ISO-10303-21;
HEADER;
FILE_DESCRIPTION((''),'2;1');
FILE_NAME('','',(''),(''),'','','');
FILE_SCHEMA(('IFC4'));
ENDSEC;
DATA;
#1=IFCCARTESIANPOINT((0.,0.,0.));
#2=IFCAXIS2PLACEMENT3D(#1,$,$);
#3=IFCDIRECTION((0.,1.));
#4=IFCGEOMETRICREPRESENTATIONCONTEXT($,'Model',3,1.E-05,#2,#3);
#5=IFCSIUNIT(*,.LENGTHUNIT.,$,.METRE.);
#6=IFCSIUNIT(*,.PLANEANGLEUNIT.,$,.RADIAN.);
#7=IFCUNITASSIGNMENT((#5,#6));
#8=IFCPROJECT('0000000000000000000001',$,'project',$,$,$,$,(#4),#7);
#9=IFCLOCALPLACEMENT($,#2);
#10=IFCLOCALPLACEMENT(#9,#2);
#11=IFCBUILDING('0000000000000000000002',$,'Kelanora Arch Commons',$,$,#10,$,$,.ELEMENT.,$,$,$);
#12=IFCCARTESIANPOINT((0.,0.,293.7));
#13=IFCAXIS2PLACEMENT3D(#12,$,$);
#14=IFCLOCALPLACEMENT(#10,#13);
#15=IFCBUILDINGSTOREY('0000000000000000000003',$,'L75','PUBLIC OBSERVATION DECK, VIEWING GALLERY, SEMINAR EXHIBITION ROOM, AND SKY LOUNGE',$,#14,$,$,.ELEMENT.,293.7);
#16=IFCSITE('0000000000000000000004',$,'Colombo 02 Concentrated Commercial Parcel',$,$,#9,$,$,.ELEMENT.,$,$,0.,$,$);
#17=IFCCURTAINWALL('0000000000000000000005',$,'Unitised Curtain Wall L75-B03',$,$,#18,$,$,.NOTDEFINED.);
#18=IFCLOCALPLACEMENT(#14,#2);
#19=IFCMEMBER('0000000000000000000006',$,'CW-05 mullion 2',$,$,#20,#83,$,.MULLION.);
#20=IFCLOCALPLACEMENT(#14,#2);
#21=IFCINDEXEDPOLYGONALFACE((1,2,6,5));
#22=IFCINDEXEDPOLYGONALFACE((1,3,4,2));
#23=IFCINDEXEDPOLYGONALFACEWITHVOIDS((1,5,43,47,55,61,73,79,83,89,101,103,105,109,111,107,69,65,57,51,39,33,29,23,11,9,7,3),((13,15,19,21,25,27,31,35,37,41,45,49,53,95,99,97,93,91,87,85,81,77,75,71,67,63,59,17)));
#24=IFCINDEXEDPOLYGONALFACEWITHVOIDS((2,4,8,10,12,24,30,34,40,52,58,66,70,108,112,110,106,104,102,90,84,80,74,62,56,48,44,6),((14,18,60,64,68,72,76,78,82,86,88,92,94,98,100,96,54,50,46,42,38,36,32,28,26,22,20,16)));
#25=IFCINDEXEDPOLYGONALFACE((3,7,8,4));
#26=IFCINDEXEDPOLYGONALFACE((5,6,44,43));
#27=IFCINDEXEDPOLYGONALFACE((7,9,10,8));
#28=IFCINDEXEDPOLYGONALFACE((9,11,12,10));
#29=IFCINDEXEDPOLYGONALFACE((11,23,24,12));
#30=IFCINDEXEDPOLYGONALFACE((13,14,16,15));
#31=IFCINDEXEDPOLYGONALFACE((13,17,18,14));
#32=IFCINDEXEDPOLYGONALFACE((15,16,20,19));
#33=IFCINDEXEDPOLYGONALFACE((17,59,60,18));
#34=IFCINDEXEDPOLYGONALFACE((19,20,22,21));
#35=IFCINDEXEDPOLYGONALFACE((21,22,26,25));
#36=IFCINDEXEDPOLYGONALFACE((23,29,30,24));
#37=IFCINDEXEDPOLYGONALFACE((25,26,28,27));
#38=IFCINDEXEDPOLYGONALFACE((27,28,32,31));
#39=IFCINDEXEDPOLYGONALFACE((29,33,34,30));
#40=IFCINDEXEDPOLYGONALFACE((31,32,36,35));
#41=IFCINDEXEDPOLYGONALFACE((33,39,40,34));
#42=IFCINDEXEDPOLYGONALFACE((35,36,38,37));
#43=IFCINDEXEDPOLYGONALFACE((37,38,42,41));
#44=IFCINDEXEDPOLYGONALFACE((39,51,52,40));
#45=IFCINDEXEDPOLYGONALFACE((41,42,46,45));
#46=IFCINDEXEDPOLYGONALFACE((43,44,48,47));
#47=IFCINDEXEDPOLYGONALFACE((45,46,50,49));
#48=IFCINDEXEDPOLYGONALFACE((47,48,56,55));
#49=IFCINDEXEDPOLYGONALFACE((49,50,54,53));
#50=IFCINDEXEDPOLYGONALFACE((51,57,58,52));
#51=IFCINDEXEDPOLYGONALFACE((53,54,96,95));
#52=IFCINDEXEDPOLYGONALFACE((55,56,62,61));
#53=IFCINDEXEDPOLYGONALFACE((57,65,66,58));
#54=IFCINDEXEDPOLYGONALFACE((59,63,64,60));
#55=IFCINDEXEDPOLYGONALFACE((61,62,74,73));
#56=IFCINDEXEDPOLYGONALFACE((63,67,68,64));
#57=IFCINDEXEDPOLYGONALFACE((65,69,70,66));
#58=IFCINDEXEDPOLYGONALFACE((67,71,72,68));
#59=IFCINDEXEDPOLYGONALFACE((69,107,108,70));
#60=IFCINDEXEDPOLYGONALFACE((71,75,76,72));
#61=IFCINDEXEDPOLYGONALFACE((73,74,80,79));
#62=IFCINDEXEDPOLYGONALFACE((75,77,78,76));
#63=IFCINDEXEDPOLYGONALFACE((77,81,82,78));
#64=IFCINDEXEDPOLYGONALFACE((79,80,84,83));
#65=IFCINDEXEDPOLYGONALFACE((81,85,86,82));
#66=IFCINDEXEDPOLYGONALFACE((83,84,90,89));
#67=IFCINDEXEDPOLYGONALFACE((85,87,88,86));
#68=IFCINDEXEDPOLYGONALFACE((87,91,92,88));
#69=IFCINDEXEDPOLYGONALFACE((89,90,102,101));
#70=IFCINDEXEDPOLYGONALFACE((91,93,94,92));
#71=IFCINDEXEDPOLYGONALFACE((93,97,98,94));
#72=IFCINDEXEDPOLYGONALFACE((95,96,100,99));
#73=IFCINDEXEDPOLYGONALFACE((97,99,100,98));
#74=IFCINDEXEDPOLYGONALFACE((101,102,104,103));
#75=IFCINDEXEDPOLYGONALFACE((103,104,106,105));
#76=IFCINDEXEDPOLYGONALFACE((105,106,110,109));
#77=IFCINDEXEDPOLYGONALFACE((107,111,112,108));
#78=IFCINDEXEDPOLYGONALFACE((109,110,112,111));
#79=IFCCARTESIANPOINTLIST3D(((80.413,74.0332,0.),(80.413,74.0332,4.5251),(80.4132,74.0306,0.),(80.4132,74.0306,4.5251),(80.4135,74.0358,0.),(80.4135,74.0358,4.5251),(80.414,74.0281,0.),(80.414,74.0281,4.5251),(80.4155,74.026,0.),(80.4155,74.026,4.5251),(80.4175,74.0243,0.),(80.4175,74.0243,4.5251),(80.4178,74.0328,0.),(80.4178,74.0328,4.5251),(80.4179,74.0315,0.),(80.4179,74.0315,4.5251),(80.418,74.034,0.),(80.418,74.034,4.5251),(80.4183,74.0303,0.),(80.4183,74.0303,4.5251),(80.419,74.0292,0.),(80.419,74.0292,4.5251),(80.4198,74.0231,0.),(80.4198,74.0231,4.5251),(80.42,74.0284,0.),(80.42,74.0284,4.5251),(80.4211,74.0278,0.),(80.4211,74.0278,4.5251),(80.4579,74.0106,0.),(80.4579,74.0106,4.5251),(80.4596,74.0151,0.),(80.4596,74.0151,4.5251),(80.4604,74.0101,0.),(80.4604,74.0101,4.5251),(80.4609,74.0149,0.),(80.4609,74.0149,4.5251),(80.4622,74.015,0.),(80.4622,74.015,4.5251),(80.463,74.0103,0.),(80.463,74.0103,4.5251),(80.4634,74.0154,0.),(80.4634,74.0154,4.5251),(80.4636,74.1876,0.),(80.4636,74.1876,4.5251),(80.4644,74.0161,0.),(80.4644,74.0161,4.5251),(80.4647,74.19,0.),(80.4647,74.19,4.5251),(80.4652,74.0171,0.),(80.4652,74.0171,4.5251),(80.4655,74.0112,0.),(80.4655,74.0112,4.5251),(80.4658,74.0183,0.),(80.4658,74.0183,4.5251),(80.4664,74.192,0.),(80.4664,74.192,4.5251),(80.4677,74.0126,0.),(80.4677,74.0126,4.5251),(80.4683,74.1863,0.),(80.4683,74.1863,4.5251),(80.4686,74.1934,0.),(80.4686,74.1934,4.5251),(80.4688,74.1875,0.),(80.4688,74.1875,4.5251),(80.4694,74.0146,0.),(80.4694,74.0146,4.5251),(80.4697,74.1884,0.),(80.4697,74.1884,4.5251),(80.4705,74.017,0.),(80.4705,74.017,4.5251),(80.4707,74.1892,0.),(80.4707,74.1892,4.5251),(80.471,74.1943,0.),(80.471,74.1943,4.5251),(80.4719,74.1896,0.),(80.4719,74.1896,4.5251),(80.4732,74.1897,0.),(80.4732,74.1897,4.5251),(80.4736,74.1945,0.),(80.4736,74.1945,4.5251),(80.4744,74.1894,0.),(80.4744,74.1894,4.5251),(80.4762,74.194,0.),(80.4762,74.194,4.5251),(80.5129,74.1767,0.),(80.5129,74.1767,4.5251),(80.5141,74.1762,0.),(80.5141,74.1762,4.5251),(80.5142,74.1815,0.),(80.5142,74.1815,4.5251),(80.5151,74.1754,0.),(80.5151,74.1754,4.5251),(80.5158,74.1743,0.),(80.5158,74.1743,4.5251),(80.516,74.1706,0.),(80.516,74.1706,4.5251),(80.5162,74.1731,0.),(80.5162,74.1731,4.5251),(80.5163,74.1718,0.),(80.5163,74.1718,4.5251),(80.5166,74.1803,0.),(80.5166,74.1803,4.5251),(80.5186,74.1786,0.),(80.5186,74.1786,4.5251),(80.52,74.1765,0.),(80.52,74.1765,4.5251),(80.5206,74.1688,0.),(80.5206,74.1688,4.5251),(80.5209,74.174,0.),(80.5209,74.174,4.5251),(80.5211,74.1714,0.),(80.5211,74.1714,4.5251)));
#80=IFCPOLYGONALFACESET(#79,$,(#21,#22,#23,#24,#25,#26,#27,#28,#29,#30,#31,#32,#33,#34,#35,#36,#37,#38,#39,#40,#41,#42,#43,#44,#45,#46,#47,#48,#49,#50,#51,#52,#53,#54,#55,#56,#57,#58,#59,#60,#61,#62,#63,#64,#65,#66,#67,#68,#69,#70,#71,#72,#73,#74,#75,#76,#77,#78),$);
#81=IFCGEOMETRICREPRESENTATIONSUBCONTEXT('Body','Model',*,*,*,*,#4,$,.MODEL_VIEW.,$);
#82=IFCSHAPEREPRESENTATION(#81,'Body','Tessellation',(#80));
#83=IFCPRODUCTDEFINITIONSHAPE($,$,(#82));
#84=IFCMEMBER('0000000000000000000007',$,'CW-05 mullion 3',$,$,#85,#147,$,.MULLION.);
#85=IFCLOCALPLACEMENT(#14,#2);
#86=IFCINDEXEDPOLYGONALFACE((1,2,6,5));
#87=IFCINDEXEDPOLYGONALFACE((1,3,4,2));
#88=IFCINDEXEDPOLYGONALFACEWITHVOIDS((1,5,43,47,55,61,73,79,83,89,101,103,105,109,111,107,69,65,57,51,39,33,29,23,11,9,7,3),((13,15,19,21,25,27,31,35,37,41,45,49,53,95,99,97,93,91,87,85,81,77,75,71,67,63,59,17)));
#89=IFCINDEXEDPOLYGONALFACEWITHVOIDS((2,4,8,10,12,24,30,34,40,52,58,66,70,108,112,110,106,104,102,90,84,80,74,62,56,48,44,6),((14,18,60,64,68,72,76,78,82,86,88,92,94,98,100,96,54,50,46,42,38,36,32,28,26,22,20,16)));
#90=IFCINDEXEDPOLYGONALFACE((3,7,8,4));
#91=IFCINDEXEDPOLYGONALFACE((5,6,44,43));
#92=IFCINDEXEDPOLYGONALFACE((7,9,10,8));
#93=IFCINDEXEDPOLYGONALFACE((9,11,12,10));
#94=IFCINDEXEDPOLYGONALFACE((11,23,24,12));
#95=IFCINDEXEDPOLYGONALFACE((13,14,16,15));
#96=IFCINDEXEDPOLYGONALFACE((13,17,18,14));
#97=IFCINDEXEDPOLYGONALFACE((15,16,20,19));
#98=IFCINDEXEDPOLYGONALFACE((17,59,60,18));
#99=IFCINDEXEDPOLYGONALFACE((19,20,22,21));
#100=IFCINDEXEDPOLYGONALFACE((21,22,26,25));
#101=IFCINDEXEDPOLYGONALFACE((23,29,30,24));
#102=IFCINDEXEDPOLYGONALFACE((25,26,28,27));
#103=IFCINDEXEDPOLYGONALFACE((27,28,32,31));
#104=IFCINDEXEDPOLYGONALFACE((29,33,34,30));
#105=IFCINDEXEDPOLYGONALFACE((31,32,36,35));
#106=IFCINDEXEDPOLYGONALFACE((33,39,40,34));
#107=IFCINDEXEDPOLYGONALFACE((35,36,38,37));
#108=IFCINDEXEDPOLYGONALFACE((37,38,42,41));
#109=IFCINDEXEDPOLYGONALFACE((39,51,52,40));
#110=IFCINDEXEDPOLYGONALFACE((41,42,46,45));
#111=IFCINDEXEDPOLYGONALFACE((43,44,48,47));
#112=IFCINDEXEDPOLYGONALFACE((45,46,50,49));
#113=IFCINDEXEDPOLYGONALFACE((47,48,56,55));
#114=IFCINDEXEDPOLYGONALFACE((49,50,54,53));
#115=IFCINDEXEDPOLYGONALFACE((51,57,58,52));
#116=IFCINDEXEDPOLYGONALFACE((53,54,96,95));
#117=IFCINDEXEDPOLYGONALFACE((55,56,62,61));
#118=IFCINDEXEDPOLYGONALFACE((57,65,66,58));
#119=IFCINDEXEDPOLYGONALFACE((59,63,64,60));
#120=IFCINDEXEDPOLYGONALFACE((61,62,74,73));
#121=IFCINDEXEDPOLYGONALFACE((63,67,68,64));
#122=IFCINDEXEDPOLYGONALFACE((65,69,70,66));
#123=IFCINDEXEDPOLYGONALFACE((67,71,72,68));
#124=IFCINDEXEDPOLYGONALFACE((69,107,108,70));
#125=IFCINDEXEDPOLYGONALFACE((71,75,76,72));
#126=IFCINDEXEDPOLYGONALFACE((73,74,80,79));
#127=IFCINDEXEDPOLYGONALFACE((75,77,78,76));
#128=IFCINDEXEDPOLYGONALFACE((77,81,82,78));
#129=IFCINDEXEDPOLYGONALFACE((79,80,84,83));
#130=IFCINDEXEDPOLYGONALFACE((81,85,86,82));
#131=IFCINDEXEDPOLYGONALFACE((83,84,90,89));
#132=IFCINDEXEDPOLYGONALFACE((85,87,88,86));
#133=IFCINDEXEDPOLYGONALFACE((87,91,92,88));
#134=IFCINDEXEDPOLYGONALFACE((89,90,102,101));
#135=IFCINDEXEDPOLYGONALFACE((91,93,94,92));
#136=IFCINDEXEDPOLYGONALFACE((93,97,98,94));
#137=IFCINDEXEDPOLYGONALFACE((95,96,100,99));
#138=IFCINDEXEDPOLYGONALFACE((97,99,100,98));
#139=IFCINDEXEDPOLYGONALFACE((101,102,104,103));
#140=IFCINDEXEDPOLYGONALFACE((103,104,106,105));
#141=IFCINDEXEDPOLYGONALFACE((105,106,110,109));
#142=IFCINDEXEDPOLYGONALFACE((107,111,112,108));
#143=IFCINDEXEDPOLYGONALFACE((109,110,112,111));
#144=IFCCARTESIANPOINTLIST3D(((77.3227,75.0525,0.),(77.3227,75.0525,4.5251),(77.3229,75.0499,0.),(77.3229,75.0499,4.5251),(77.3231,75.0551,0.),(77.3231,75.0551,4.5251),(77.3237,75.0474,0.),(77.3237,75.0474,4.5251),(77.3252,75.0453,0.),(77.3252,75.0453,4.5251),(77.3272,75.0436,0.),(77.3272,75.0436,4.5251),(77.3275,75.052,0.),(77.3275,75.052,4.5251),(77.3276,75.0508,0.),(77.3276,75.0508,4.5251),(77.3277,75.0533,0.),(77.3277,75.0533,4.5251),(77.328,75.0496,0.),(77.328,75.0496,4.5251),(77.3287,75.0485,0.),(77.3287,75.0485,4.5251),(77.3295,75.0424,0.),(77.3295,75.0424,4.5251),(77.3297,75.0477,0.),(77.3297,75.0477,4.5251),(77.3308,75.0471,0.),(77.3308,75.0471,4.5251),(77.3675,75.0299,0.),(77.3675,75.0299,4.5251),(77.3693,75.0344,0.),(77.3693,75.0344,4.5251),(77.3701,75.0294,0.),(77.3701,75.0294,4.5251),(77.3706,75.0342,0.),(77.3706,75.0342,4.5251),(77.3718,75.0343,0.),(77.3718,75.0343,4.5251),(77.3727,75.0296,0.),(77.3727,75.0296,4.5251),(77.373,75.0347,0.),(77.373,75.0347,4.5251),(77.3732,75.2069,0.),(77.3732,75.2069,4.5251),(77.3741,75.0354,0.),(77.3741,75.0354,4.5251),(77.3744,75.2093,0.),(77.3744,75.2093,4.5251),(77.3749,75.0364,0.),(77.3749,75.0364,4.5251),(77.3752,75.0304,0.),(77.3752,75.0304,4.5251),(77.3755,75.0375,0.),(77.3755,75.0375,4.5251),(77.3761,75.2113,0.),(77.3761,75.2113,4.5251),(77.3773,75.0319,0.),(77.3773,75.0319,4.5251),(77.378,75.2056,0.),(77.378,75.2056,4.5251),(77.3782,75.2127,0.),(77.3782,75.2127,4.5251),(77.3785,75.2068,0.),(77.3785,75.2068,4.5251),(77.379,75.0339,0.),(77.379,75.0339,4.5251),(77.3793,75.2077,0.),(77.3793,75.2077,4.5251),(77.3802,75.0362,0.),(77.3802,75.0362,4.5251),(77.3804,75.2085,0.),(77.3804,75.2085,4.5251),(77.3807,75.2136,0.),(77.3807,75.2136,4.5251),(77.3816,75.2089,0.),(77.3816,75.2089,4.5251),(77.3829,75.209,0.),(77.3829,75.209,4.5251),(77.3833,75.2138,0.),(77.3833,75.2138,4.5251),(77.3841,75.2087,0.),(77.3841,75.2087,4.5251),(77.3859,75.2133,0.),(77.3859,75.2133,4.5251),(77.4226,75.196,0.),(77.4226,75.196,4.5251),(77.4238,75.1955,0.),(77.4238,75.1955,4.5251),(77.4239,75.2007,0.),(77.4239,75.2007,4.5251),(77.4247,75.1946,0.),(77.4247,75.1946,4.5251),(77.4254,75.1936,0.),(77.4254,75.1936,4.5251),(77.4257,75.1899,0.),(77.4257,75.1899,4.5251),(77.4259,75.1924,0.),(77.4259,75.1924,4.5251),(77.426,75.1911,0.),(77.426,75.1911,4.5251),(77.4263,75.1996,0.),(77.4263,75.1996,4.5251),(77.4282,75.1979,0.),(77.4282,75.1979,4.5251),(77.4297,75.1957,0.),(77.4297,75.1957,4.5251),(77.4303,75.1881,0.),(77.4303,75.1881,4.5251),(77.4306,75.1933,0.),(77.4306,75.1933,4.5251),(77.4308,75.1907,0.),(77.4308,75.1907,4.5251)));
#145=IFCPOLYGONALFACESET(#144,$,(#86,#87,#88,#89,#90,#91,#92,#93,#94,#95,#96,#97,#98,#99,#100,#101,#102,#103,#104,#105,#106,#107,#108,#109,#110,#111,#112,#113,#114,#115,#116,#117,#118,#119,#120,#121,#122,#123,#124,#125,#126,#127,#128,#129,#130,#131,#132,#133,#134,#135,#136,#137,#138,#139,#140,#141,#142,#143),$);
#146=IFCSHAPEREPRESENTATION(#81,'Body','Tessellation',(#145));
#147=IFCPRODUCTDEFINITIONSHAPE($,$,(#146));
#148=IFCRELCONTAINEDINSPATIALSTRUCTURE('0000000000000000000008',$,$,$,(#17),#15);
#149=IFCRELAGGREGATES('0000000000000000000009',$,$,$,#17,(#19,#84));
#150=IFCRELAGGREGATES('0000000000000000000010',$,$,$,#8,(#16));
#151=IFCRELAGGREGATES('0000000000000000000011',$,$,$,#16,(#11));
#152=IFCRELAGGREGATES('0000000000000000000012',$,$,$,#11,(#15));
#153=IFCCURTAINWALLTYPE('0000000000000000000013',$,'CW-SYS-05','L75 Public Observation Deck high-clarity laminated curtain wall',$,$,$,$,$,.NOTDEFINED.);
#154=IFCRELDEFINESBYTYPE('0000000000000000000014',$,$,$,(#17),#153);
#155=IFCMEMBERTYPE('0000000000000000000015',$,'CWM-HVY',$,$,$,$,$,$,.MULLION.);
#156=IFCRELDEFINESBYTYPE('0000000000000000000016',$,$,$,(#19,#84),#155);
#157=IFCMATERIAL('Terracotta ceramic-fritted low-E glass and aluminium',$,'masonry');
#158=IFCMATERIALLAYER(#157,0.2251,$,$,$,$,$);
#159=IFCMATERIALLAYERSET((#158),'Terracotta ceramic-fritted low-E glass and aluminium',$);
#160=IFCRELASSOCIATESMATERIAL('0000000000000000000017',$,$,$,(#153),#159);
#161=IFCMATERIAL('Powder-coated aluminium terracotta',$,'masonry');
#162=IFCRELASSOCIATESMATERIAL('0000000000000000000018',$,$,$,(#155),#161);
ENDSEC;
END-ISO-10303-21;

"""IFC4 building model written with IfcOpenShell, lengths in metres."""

from ifc_helpers import new_model, si_unit, direction, frame, origin, origin_2d, place, context, subcontext, project, spatial, hollow_rectangle, extrude, material, layer, layer_set, material_profile, profile_set, type_object, element, aggregate, save


model = new_model("IFC4")

# Units and contexts
model_context = context("Model", 3, precision=1e-05, world=origin(), true_north=direction((0.0, 1.0)))
body_context = subcontext(model_context, "Body", "Model", "MODEL_VIEW")
ifc_project = project(units=[si_unit("LENGTHUNIT", "METRE"), si_unit("PLANEANGLEUNIT", "RADIAN")], contexts=[model_context])

# Site, building, storey
site_placement = place(None, origin())
site = spatial("IfcSite", under=ifc_project, at=site_placement, Name="Colombo 02 Concentrated Commercial Parcel", CompositionType="ELEMENT", RefElevation=0.0)
building_placement = place(site_placement, origin())
building = spatial("IfcBuilding", under=site, at=building_placement, Name="Kelanora Arch Commons", CompositionType="ELEMENT")
storey_placement = place(building_placement, frame((0.0, 0.0, 293.7)))
storey = spatial("IfcBuildingStorey", under=building, at=storey_placement, Name="L75", Description="PUBLIC OBSERVATION DECK, VIEWING GALLERY, SEMINAR EXHIBITION ROOM, AND SKY LOUNGE", CompositionType="ELEMENT", Elevation=293.7)

# Curtain wall, members
ifc_material_1 = material(Name="Terracotta ceramic-fritted low-E glass and aluminium", Category="masonry")
ifc_layer_1 = layer(ifc_material_1, 0.2251)
ifc_layer_set_1 = layer_set([ifc_layer_1], Name="Terracotta ceramic-fritted low-E glass and aluminium")
curtain_wall_type = type_object("IfcCurtainWallType", Name="CW-SYS-05", Description="L75 Public Observation Deck high-clarity laminated curtain wall", PredefinedType="NOTDEFINED", material=ifc_layer_set_1)
curtain_wall_1_placement = place(storey_placement, origin())
curtain_wall_1 = element("IfcCurtainWall", 1, at=curtain_wall_1_placement, inside=storey, type_object=curtain_wall_type, Name="Unitised Curtain Wall L75-B03", PredefinedType="NOTDEFINED")
ifc_material_2 = material(Name="Powder-coated aluminium terracotta", Category="masonry")
ifc_material_profile_1 = material_profile(ifc_material_2, hollow_rectangle(XDim=0.1799, YDim=0.0601, WallThickness=0.0049, InnerFilletRadius=0.0049, OuterFilletRadius=0.01, at=origin_2d()), Name="CWM180x60")
ifc_profile_set_1 = profile_set([ifc_material_profile_1], Name="Powder-coated aluminium terracotta")
member_type_1 = type_object("IfcMemberType", Name="CWM-HVY", PredefinedType="MULLION", material=ifc_profile_set_1)
member_1_placement = place(storey_placement, frame((80.467, 74.1023, 0.0), z_axis=(0.0, 0.0, 1.0), x_axis=(-0.313253, -0.94967, 0.0)))
member_1 = element("IfcMember", 2, at=member_1_placement, type_object=member_type_1, Name="CW-05 mullion 2", PredefinedType="MULLION", context=body_context, shape_type="SweptSolid", body=[
    extrude(hollow_rectangle(XDim=0.1799, YDim=0.0601, WallThickness=0.0049, InnerFilletRadius=0.0049, OuterFilletRadius=0.01, at=origin_2d()), origin(), (0.0, 0.0, 1.0), 4.5251),
])
member_2_placement = place(storey_placement, frame((77.3767, 75.1216, 0.0), z_axis=(0.0, 0.0, 1.0), x_axis=(-0.313253, -0.94967, 0.0)))
member_2 = element("IfcMember", 3, at=member_2_placement, type_object=member_type_1, Name="CW-05 mullion 3", PredefinedType="MULLION", context=body_context, shape_type="SweptSolid", body=[
    extrude(hollow_rectangle(XDim=0.1799, YDim=0.0601, WallThickness=0.0049, InnerFilletRadius=0.0049, OuterFilletRadius=0.01, at=origin_2d()), origin(), (0.0, 0.0, 1.0), 4.5251),
])

aggregate(curtain_wall_1, [member_1, member_2])

save(model, "model.ifc")
